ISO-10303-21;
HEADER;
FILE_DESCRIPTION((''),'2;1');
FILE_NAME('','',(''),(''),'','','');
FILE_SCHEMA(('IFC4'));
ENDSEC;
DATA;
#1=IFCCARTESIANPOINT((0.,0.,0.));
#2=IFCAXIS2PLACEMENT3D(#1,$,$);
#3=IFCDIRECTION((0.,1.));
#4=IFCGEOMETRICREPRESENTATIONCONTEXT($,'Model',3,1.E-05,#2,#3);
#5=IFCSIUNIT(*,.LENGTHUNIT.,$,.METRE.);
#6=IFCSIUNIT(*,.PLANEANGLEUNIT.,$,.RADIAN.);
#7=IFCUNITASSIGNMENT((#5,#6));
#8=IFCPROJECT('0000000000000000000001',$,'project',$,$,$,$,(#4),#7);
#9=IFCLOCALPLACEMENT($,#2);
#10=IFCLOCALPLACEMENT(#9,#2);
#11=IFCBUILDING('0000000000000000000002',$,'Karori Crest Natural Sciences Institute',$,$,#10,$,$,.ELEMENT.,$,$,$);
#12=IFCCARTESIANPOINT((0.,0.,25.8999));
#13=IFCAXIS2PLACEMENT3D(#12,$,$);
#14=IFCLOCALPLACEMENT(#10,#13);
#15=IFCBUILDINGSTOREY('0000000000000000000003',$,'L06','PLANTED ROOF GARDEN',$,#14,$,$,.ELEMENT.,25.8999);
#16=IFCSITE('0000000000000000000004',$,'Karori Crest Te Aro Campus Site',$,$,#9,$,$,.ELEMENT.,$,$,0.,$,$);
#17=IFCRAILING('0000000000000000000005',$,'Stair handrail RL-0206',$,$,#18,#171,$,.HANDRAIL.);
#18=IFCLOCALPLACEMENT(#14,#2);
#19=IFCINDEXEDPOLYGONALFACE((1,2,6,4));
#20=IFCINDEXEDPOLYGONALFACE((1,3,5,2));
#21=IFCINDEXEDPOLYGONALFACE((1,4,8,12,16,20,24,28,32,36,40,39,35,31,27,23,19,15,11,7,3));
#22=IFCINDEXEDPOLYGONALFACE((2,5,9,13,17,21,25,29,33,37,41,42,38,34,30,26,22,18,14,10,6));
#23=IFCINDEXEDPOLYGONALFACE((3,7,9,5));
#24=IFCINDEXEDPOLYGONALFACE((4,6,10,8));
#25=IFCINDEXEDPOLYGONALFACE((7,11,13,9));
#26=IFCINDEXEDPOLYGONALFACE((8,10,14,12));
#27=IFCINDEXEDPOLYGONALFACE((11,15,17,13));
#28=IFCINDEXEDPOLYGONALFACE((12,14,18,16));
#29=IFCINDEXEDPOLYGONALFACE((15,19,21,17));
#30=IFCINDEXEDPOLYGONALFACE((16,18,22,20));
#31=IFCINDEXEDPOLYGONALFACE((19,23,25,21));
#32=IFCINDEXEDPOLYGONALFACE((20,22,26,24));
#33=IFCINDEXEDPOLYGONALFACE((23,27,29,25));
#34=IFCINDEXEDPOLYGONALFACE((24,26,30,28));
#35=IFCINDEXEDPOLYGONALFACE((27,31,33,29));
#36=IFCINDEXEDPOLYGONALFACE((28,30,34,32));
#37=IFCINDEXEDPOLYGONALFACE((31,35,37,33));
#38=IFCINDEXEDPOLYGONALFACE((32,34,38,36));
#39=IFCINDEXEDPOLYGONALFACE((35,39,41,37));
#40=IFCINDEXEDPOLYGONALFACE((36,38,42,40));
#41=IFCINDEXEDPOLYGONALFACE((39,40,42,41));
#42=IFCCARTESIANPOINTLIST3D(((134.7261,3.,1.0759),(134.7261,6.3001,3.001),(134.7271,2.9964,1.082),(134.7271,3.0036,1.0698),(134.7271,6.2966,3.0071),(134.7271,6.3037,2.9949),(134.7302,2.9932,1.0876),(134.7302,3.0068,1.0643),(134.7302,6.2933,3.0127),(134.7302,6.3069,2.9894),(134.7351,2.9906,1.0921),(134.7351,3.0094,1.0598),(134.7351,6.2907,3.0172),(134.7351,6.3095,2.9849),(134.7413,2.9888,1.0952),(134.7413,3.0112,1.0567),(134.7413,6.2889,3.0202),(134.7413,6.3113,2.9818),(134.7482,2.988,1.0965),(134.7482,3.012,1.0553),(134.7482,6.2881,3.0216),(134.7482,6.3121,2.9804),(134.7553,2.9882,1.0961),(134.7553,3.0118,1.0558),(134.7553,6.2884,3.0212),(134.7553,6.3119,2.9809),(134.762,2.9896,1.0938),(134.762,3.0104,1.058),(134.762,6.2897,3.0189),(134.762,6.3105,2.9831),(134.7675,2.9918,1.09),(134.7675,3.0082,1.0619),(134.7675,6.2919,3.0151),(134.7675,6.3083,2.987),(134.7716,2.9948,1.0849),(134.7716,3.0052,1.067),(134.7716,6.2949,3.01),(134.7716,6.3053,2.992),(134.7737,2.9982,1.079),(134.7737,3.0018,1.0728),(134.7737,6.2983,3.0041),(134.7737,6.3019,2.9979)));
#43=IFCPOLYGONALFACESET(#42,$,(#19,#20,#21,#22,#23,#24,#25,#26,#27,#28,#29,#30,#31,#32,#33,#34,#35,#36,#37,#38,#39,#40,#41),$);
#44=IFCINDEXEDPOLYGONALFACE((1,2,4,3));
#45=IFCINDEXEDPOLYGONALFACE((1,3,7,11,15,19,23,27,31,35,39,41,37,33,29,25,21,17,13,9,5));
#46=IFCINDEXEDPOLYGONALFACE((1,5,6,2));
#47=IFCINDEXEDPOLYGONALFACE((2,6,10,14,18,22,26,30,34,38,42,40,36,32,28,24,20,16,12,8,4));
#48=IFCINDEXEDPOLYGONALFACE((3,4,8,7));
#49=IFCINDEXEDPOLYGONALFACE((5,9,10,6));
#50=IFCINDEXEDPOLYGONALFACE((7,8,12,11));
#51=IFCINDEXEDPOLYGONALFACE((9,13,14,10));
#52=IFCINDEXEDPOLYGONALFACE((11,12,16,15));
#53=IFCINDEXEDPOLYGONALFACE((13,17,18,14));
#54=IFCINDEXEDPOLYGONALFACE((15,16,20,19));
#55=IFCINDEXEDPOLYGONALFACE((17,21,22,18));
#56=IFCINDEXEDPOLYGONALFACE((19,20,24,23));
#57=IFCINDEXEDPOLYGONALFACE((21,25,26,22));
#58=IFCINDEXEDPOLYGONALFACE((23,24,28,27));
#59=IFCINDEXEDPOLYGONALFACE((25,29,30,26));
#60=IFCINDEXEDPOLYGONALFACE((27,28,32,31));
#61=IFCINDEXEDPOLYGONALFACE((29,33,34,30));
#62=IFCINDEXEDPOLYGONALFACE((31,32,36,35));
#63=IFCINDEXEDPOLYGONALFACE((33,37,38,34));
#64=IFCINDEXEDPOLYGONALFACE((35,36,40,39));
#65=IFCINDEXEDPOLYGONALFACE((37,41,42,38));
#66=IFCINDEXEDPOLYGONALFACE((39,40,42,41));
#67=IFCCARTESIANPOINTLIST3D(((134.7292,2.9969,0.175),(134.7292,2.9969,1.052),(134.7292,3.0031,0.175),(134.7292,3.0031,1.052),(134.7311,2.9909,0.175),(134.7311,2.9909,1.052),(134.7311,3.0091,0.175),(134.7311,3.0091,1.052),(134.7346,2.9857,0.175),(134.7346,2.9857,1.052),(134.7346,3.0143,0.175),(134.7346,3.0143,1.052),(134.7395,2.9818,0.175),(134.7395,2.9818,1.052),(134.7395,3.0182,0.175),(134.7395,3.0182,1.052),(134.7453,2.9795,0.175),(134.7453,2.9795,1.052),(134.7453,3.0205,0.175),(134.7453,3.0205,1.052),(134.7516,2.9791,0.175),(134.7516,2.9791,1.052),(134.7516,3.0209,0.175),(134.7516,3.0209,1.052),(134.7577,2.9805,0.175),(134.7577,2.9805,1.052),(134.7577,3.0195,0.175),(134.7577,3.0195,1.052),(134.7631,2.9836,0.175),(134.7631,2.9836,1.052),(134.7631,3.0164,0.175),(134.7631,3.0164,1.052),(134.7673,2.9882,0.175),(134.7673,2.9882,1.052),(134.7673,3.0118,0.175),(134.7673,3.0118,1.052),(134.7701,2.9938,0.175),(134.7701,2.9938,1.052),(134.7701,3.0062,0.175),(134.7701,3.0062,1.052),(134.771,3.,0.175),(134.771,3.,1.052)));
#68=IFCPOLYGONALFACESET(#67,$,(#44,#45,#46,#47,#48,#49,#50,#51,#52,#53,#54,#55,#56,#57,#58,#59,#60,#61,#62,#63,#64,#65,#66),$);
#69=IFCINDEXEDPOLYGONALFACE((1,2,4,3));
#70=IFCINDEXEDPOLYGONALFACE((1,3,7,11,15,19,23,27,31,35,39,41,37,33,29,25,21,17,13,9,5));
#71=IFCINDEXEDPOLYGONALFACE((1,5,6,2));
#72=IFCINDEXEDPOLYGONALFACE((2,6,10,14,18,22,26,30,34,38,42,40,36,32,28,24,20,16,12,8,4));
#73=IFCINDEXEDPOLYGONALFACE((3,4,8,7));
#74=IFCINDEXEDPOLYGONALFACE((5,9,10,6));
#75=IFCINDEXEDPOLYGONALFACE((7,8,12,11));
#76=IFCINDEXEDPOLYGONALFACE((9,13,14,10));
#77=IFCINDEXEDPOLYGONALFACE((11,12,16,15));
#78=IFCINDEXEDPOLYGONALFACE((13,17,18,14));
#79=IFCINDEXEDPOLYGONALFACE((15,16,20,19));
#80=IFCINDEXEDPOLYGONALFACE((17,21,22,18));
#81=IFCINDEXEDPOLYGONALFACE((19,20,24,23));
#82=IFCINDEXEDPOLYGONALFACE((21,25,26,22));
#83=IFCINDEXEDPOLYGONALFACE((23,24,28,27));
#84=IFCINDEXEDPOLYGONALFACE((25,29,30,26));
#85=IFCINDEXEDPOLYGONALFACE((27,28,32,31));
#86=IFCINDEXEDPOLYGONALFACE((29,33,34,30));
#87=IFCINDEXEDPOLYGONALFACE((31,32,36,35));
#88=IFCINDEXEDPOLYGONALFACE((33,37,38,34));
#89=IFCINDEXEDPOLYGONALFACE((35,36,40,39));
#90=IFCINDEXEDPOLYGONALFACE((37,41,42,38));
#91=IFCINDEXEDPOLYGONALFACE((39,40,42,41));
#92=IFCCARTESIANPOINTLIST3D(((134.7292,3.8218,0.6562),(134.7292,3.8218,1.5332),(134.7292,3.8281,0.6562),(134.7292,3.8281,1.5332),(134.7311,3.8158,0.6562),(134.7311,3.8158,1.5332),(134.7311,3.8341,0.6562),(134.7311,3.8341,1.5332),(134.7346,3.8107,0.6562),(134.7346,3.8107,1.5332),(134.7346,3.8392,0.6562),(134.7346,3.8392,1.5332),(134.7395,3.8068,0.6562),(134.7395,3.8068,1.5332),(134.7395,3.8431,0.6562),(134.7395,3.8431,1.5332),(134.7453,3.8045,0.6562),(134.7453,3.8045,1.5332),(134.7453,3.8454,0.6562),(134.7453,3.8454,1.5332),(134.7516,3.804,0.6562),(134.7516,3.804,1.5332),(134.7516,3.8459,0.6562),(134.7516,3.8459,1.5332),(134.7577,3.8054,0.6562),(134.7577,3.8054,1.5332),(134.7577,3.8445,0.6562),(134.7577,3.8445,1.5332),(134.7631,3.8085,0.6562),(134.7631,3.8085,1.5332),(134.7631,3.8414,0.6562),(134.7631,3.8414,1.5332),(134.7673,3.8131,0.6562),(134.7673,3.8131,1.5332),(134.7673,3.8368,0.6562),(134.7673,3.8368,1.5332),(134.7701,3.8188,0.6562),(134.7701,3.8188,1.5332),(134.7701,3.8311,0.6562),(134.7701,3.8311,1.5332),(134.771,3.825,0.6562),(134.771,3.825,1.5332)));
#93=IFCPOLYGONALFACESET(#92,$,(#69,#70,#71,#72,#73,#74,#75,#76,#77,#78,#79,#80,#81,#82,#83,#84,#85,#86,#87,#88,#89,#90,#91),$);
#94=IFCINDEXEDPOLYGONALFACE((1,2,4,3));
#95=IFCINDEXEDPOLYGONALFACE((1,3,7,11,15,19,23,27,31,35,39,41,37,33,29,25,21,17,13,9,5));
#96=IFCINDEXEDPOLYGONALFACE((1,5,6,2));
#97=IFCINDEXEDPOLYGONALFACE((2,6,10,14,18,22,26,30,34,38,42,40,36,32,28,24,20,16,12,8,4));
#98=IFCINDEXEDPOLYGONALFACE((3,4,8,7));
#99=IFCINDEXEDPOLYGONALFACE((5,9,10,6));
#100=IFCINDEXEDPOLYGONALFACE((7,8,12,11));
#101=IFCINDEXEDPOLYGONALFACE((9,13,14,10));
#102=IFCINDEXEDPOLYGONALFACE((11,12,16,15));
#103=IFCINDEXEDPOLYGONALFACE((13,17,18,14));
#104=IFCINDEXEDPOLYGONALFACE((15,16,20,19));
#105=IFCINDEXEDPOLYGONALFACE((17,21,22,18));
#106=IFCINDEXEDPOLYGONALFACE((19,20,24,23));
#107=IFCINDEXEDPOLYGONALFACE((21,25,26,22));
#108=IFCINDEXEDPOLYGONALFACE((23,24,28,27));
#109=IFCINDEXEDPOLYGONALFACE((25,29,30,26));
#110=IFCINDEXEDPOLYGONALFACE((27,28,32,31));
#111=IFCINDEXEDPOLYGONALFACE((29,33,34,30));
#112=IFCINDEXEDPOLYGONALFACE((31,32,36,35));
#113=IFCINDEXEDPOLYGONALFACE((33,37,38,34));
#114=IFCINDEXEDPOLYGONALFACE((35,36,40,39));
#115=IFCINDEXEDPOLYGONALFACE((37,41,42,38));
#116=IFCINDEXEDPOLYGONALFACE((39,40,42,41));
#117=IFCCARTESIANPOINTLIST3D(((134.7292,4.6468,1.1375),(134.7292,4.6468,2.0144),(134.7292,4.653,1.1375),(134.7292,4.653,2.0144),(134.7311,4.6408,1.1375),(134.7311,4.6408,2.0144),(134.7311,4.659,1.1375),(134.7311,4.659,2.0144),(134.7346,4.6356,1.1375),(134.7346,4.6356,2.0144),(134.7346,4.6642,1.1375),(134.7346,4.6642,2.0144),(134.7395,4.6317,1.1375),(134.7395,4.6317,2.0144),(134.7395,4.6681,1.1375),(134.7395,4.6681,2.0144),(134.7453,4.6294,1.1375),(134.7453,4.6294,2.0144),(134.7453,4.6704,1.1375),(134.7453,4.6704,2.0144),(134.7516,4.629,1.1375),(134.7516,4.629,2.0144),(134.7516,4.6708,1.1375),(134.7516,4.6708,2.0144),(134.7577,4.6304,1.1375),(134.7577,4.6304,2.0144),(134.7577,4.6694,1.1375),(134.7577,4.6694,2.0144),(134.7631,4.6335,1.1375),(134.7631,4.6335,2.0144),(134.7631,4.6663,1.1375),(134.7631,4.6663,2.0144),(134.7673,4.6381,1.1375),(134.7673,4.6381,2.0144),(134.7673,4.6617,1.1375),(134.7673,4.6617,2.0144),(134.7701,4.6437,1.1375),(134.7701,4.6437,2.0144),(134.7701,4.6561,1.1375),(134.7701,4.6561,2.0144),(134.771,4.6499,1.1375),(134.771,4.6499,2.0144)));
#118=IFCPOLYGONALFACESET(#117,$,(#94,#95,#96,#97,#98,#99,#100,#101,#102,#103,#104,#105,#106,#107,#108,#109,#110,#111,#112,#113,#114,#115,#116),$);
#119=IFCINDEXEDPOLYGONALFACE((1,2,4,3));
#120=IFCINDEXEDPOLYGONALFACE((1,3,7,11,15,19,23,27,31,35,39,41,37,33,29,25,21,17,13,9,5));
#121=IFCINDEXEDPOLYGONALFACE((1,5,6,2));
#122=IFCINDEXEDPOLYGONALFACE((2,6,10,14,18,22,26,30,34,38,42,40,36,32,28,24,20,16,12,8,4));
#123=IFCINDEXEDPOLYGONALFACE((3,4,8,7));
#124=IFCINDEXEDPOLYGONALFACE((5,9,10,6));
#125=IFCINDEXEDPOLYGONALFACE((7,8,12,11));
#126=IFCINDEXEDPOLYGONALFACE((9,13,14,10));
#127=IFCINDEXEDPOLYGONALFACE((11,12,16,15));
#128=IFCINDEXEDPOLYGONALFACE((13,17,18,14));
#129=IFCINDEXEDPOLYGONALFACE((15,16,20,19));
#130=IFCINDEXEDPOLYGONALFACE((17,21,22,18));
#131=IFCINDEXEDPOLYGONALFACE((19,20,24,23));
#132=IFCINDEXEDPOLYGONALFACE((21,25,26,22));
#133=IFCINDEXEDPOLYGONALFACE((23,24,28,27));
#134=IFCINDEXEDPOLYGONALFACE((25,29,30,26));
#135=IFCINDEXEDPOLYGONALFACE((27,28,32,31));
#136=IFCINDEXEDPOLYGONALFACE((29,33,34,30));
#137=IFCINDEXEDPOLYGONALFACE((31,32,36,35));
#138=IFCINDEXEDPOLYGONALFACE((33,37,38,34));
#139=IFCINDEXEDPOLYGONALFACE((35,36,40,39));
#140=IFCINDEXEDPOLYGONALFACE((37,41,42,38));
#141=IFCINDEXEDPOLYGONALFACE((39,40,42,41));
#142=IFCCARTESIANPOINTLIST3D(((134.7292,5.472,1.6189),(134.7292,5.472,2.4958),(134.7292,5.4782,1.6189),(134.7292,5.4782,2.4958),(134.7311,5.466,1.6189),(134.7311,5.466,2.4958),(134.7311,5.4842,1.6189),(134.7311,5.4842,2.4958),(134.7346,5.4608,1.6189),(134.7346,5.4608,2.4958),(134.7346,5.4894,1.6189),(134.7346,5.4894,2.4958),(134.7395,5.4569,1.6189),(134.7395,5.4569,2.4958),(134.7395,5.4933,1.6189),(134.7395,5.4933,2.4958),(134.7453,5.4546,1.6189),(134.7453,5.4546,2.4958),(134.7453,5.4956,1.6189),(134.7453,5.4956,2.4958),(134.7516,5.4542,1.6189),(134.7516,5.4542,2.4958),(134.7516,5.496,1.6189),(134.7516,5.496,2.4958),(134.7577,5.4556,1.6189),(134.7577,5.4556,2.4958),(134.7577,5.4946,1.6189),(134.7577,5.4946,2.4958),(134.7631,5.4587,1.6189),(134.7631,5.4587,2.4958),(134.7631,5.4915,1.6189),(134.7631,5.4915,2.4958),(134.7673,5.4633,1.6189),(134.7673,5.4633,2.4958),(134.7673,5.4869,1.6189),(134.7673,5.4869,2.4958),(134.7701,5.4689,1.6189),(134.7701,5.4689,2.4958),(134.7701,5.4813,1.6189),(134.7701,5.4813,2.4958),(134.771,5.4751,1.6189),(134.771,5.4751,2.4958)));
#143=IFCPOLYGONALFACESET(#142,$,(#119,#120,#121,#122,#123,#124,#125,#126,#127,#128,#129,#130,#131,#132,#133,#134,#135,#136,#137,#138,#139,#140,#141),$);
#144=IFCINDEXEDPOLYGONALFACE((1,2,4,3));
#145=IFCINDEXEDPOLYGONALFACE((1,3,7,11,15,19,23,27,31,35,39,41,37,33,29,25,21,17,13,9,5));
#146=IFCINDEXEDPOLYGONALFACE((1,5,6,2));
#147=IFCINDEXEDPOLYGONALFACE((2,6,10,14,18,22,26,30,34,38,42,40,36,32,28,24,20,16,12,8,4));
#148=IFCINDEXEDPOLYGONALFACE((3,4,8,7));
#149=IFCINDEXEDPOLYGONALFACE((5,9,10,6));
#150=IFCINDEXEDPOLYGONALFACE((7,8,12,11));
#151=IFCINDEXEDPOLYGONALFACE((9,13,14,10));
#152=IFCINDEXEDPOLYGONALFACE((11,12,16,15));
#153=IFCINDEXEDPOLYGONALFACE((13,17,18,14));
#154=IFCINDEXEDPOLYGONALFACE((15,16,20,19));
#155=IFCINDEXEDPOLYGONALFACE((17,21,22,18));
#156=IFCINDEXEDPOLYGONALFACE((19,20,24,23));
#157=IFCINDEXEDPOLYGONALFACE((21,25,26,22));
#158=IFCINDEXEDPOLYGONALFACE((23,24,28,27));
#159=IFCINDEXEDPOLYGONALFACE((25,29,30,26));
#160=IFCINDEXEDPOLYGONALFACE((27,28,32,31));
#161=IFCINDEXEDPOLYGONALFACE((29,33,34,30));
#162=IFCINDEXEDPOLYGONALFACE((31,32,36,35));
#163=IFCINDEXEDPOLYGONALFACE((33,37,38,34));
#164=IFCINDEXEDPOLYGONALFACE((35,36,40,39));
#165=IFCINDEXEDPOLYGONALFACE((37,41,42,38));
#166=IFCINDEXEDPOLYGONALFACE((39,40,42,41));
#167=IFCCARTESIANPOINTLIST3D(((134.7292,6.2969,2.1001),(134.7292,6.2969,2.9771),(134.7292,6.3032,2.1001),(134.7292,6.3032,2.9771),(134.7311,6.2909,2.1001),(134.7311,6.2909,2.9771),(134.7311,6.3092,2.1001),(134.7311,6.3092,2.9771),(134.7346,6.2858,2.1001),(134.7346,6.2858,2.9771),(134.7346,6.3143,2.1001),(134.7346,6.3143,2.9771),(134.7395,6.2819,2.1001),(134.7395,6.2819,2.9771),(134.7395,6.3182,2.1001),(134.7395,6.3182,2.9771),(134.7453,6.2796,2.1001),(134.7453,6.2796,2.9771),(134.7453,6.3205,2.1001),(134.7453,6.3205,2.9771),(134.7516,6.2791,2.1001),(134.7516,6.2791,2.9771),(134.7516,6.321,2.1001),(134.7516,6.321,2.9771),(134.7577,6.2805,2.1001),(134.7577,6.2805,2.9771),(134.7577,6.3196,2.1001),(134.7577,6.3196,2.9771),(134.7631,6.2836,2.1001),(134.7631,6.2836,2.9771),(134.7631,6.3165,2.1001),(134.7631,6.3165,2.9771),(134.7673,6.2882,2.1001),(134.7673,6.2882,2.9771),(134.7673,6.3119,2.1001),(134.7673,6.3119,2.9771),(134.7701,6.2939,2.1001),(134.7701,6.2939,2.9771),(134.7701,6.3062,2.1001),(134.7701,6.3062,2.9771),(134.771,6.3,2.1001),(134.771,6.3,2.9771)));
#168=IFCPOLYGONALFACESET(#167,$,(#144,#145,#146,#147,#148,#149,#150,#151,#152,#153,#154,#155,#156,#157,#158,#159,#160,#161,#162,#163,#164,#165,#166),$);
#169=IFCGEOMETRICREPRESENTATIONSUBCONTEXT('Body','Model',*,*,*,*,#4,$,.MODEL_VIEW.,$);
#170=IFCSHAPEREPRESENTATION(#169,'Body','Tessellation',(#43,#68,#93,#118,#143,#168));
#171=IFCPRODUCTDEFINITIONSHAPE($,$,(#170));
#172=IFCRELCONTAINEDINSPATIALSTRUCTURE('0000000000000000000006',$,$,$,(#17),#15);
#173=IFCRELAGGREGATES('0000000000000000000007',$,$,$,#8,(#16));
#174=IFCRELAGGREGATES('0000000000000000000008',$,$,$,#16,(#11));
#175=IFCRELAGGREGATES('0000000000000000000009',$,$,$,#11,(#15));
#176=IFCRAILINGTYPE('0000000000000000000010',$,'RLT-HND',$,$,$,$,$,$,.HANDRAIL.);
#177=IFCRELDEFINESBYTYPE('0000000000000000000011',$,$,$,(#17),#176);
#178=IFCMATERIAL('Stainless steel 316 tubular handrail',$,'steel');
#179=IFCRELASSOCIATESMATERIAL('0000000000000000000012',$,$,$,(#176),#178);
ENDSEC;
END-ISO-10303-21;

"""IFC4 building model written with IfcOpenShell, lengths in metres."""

from ifc_helpers import new_model, si_unit, direction, frame, origin, origin_2d, place, context, subcontext, project, spatial, circle, extrude, material, type_object, element, save


model = new_model("IFC4")

# Units and contexts
model_context = context("Model", 3, precision=1e-05, world=origin(), true_north=direction((0.0, 1.0)))
body_context = subcontext(model_context, "Body", "Model", "MODEL_VIEW")
ifc_project = project(units=[si_unit("LENGTHUNIT", "METRE"), si_unit("PLANEANGLEUNIT", "RADIAN")], contexts=[model_context])

# Site, building, storey
site_placement = place(None, origin())
site = spatial("IfcSite", under=ifc_project, at=site_placement, Name="Karori Crest Te Aro Campus Site", CompositionType="ELEMENT", RefElevation=0.0)
building_placement = place(site_placement, origin())
building = spatial("IfcBuilding", under=site, at=building_placement, Name="Karori Crest Natural Sciences Institute", CompositionType="ELEMENT")
storey_placement = place(building_placement, frame((0.0, 0.0, 25.8999)))
storey = spatial("IfcBuildingStorey", under=building, at=storey_placement, Name="L06", Description="PLANTED ROOF GARDEN", CompositionType="ELEMENT", Elevation=25.8999)

# Railing
ifc_material_1 = material(Name="Stainless steel 316 tubular handrail", Category="steel")
railing_type_1 = type_object("IfcRailingType", Name="RLT-HND", PredefinedType="HANDRAIL", material=ifc_material_1)
railing_1_placement = place(storey_placement, frame((134.75, 3.0, 0.175)))
element("IfcRailing", 1, at=railing_1_placement, inside=storey, type_object=railing_type_1, Name="Stair handrail RL-0206", PredefinedType="HANDRAIL", context=body_context, shape_type="SweptSolid", body=[
    extrude(circle(Radius=0.0239, at=origin_2d()), frame((0.0, 0.0, 0.9009), z_axis=(0.0, 0.863777, 0.503875), x_axis=(-1.0, 0.0, 0.0)), (0.0, 0.0, 1.0), 3.8206),
    extrude(circle(Radius=0.021, at=origin_2d()), origin(), (0.0, 0.0, 1.0), 0.877),
    extrude(circle(Radius=0.021, at=origin_2d()), frame((0.0, 0.825, 0.4812)), (0.0, 0.0, 1.0), 0.877),
    extrude(circle(Radius=0.021, at=origin_2d()), frame((0.0, 1.6499, 0.9624)), (0.0, 0.0, 1.0), 0.877),
    extrude(circle(Radius=0.021, at=origin_2d()), frame((0.0, 2.4751, 1.4438)), (0.0, 0.0, 1.0), 0.877),
    extrude(circle(Radius=0.021, at=origin_2d()), frame((0.0, 3.3, 1.925)), (0.0, 0.0, 1.0), 0.877),
])

save(model, "model.ifc")
